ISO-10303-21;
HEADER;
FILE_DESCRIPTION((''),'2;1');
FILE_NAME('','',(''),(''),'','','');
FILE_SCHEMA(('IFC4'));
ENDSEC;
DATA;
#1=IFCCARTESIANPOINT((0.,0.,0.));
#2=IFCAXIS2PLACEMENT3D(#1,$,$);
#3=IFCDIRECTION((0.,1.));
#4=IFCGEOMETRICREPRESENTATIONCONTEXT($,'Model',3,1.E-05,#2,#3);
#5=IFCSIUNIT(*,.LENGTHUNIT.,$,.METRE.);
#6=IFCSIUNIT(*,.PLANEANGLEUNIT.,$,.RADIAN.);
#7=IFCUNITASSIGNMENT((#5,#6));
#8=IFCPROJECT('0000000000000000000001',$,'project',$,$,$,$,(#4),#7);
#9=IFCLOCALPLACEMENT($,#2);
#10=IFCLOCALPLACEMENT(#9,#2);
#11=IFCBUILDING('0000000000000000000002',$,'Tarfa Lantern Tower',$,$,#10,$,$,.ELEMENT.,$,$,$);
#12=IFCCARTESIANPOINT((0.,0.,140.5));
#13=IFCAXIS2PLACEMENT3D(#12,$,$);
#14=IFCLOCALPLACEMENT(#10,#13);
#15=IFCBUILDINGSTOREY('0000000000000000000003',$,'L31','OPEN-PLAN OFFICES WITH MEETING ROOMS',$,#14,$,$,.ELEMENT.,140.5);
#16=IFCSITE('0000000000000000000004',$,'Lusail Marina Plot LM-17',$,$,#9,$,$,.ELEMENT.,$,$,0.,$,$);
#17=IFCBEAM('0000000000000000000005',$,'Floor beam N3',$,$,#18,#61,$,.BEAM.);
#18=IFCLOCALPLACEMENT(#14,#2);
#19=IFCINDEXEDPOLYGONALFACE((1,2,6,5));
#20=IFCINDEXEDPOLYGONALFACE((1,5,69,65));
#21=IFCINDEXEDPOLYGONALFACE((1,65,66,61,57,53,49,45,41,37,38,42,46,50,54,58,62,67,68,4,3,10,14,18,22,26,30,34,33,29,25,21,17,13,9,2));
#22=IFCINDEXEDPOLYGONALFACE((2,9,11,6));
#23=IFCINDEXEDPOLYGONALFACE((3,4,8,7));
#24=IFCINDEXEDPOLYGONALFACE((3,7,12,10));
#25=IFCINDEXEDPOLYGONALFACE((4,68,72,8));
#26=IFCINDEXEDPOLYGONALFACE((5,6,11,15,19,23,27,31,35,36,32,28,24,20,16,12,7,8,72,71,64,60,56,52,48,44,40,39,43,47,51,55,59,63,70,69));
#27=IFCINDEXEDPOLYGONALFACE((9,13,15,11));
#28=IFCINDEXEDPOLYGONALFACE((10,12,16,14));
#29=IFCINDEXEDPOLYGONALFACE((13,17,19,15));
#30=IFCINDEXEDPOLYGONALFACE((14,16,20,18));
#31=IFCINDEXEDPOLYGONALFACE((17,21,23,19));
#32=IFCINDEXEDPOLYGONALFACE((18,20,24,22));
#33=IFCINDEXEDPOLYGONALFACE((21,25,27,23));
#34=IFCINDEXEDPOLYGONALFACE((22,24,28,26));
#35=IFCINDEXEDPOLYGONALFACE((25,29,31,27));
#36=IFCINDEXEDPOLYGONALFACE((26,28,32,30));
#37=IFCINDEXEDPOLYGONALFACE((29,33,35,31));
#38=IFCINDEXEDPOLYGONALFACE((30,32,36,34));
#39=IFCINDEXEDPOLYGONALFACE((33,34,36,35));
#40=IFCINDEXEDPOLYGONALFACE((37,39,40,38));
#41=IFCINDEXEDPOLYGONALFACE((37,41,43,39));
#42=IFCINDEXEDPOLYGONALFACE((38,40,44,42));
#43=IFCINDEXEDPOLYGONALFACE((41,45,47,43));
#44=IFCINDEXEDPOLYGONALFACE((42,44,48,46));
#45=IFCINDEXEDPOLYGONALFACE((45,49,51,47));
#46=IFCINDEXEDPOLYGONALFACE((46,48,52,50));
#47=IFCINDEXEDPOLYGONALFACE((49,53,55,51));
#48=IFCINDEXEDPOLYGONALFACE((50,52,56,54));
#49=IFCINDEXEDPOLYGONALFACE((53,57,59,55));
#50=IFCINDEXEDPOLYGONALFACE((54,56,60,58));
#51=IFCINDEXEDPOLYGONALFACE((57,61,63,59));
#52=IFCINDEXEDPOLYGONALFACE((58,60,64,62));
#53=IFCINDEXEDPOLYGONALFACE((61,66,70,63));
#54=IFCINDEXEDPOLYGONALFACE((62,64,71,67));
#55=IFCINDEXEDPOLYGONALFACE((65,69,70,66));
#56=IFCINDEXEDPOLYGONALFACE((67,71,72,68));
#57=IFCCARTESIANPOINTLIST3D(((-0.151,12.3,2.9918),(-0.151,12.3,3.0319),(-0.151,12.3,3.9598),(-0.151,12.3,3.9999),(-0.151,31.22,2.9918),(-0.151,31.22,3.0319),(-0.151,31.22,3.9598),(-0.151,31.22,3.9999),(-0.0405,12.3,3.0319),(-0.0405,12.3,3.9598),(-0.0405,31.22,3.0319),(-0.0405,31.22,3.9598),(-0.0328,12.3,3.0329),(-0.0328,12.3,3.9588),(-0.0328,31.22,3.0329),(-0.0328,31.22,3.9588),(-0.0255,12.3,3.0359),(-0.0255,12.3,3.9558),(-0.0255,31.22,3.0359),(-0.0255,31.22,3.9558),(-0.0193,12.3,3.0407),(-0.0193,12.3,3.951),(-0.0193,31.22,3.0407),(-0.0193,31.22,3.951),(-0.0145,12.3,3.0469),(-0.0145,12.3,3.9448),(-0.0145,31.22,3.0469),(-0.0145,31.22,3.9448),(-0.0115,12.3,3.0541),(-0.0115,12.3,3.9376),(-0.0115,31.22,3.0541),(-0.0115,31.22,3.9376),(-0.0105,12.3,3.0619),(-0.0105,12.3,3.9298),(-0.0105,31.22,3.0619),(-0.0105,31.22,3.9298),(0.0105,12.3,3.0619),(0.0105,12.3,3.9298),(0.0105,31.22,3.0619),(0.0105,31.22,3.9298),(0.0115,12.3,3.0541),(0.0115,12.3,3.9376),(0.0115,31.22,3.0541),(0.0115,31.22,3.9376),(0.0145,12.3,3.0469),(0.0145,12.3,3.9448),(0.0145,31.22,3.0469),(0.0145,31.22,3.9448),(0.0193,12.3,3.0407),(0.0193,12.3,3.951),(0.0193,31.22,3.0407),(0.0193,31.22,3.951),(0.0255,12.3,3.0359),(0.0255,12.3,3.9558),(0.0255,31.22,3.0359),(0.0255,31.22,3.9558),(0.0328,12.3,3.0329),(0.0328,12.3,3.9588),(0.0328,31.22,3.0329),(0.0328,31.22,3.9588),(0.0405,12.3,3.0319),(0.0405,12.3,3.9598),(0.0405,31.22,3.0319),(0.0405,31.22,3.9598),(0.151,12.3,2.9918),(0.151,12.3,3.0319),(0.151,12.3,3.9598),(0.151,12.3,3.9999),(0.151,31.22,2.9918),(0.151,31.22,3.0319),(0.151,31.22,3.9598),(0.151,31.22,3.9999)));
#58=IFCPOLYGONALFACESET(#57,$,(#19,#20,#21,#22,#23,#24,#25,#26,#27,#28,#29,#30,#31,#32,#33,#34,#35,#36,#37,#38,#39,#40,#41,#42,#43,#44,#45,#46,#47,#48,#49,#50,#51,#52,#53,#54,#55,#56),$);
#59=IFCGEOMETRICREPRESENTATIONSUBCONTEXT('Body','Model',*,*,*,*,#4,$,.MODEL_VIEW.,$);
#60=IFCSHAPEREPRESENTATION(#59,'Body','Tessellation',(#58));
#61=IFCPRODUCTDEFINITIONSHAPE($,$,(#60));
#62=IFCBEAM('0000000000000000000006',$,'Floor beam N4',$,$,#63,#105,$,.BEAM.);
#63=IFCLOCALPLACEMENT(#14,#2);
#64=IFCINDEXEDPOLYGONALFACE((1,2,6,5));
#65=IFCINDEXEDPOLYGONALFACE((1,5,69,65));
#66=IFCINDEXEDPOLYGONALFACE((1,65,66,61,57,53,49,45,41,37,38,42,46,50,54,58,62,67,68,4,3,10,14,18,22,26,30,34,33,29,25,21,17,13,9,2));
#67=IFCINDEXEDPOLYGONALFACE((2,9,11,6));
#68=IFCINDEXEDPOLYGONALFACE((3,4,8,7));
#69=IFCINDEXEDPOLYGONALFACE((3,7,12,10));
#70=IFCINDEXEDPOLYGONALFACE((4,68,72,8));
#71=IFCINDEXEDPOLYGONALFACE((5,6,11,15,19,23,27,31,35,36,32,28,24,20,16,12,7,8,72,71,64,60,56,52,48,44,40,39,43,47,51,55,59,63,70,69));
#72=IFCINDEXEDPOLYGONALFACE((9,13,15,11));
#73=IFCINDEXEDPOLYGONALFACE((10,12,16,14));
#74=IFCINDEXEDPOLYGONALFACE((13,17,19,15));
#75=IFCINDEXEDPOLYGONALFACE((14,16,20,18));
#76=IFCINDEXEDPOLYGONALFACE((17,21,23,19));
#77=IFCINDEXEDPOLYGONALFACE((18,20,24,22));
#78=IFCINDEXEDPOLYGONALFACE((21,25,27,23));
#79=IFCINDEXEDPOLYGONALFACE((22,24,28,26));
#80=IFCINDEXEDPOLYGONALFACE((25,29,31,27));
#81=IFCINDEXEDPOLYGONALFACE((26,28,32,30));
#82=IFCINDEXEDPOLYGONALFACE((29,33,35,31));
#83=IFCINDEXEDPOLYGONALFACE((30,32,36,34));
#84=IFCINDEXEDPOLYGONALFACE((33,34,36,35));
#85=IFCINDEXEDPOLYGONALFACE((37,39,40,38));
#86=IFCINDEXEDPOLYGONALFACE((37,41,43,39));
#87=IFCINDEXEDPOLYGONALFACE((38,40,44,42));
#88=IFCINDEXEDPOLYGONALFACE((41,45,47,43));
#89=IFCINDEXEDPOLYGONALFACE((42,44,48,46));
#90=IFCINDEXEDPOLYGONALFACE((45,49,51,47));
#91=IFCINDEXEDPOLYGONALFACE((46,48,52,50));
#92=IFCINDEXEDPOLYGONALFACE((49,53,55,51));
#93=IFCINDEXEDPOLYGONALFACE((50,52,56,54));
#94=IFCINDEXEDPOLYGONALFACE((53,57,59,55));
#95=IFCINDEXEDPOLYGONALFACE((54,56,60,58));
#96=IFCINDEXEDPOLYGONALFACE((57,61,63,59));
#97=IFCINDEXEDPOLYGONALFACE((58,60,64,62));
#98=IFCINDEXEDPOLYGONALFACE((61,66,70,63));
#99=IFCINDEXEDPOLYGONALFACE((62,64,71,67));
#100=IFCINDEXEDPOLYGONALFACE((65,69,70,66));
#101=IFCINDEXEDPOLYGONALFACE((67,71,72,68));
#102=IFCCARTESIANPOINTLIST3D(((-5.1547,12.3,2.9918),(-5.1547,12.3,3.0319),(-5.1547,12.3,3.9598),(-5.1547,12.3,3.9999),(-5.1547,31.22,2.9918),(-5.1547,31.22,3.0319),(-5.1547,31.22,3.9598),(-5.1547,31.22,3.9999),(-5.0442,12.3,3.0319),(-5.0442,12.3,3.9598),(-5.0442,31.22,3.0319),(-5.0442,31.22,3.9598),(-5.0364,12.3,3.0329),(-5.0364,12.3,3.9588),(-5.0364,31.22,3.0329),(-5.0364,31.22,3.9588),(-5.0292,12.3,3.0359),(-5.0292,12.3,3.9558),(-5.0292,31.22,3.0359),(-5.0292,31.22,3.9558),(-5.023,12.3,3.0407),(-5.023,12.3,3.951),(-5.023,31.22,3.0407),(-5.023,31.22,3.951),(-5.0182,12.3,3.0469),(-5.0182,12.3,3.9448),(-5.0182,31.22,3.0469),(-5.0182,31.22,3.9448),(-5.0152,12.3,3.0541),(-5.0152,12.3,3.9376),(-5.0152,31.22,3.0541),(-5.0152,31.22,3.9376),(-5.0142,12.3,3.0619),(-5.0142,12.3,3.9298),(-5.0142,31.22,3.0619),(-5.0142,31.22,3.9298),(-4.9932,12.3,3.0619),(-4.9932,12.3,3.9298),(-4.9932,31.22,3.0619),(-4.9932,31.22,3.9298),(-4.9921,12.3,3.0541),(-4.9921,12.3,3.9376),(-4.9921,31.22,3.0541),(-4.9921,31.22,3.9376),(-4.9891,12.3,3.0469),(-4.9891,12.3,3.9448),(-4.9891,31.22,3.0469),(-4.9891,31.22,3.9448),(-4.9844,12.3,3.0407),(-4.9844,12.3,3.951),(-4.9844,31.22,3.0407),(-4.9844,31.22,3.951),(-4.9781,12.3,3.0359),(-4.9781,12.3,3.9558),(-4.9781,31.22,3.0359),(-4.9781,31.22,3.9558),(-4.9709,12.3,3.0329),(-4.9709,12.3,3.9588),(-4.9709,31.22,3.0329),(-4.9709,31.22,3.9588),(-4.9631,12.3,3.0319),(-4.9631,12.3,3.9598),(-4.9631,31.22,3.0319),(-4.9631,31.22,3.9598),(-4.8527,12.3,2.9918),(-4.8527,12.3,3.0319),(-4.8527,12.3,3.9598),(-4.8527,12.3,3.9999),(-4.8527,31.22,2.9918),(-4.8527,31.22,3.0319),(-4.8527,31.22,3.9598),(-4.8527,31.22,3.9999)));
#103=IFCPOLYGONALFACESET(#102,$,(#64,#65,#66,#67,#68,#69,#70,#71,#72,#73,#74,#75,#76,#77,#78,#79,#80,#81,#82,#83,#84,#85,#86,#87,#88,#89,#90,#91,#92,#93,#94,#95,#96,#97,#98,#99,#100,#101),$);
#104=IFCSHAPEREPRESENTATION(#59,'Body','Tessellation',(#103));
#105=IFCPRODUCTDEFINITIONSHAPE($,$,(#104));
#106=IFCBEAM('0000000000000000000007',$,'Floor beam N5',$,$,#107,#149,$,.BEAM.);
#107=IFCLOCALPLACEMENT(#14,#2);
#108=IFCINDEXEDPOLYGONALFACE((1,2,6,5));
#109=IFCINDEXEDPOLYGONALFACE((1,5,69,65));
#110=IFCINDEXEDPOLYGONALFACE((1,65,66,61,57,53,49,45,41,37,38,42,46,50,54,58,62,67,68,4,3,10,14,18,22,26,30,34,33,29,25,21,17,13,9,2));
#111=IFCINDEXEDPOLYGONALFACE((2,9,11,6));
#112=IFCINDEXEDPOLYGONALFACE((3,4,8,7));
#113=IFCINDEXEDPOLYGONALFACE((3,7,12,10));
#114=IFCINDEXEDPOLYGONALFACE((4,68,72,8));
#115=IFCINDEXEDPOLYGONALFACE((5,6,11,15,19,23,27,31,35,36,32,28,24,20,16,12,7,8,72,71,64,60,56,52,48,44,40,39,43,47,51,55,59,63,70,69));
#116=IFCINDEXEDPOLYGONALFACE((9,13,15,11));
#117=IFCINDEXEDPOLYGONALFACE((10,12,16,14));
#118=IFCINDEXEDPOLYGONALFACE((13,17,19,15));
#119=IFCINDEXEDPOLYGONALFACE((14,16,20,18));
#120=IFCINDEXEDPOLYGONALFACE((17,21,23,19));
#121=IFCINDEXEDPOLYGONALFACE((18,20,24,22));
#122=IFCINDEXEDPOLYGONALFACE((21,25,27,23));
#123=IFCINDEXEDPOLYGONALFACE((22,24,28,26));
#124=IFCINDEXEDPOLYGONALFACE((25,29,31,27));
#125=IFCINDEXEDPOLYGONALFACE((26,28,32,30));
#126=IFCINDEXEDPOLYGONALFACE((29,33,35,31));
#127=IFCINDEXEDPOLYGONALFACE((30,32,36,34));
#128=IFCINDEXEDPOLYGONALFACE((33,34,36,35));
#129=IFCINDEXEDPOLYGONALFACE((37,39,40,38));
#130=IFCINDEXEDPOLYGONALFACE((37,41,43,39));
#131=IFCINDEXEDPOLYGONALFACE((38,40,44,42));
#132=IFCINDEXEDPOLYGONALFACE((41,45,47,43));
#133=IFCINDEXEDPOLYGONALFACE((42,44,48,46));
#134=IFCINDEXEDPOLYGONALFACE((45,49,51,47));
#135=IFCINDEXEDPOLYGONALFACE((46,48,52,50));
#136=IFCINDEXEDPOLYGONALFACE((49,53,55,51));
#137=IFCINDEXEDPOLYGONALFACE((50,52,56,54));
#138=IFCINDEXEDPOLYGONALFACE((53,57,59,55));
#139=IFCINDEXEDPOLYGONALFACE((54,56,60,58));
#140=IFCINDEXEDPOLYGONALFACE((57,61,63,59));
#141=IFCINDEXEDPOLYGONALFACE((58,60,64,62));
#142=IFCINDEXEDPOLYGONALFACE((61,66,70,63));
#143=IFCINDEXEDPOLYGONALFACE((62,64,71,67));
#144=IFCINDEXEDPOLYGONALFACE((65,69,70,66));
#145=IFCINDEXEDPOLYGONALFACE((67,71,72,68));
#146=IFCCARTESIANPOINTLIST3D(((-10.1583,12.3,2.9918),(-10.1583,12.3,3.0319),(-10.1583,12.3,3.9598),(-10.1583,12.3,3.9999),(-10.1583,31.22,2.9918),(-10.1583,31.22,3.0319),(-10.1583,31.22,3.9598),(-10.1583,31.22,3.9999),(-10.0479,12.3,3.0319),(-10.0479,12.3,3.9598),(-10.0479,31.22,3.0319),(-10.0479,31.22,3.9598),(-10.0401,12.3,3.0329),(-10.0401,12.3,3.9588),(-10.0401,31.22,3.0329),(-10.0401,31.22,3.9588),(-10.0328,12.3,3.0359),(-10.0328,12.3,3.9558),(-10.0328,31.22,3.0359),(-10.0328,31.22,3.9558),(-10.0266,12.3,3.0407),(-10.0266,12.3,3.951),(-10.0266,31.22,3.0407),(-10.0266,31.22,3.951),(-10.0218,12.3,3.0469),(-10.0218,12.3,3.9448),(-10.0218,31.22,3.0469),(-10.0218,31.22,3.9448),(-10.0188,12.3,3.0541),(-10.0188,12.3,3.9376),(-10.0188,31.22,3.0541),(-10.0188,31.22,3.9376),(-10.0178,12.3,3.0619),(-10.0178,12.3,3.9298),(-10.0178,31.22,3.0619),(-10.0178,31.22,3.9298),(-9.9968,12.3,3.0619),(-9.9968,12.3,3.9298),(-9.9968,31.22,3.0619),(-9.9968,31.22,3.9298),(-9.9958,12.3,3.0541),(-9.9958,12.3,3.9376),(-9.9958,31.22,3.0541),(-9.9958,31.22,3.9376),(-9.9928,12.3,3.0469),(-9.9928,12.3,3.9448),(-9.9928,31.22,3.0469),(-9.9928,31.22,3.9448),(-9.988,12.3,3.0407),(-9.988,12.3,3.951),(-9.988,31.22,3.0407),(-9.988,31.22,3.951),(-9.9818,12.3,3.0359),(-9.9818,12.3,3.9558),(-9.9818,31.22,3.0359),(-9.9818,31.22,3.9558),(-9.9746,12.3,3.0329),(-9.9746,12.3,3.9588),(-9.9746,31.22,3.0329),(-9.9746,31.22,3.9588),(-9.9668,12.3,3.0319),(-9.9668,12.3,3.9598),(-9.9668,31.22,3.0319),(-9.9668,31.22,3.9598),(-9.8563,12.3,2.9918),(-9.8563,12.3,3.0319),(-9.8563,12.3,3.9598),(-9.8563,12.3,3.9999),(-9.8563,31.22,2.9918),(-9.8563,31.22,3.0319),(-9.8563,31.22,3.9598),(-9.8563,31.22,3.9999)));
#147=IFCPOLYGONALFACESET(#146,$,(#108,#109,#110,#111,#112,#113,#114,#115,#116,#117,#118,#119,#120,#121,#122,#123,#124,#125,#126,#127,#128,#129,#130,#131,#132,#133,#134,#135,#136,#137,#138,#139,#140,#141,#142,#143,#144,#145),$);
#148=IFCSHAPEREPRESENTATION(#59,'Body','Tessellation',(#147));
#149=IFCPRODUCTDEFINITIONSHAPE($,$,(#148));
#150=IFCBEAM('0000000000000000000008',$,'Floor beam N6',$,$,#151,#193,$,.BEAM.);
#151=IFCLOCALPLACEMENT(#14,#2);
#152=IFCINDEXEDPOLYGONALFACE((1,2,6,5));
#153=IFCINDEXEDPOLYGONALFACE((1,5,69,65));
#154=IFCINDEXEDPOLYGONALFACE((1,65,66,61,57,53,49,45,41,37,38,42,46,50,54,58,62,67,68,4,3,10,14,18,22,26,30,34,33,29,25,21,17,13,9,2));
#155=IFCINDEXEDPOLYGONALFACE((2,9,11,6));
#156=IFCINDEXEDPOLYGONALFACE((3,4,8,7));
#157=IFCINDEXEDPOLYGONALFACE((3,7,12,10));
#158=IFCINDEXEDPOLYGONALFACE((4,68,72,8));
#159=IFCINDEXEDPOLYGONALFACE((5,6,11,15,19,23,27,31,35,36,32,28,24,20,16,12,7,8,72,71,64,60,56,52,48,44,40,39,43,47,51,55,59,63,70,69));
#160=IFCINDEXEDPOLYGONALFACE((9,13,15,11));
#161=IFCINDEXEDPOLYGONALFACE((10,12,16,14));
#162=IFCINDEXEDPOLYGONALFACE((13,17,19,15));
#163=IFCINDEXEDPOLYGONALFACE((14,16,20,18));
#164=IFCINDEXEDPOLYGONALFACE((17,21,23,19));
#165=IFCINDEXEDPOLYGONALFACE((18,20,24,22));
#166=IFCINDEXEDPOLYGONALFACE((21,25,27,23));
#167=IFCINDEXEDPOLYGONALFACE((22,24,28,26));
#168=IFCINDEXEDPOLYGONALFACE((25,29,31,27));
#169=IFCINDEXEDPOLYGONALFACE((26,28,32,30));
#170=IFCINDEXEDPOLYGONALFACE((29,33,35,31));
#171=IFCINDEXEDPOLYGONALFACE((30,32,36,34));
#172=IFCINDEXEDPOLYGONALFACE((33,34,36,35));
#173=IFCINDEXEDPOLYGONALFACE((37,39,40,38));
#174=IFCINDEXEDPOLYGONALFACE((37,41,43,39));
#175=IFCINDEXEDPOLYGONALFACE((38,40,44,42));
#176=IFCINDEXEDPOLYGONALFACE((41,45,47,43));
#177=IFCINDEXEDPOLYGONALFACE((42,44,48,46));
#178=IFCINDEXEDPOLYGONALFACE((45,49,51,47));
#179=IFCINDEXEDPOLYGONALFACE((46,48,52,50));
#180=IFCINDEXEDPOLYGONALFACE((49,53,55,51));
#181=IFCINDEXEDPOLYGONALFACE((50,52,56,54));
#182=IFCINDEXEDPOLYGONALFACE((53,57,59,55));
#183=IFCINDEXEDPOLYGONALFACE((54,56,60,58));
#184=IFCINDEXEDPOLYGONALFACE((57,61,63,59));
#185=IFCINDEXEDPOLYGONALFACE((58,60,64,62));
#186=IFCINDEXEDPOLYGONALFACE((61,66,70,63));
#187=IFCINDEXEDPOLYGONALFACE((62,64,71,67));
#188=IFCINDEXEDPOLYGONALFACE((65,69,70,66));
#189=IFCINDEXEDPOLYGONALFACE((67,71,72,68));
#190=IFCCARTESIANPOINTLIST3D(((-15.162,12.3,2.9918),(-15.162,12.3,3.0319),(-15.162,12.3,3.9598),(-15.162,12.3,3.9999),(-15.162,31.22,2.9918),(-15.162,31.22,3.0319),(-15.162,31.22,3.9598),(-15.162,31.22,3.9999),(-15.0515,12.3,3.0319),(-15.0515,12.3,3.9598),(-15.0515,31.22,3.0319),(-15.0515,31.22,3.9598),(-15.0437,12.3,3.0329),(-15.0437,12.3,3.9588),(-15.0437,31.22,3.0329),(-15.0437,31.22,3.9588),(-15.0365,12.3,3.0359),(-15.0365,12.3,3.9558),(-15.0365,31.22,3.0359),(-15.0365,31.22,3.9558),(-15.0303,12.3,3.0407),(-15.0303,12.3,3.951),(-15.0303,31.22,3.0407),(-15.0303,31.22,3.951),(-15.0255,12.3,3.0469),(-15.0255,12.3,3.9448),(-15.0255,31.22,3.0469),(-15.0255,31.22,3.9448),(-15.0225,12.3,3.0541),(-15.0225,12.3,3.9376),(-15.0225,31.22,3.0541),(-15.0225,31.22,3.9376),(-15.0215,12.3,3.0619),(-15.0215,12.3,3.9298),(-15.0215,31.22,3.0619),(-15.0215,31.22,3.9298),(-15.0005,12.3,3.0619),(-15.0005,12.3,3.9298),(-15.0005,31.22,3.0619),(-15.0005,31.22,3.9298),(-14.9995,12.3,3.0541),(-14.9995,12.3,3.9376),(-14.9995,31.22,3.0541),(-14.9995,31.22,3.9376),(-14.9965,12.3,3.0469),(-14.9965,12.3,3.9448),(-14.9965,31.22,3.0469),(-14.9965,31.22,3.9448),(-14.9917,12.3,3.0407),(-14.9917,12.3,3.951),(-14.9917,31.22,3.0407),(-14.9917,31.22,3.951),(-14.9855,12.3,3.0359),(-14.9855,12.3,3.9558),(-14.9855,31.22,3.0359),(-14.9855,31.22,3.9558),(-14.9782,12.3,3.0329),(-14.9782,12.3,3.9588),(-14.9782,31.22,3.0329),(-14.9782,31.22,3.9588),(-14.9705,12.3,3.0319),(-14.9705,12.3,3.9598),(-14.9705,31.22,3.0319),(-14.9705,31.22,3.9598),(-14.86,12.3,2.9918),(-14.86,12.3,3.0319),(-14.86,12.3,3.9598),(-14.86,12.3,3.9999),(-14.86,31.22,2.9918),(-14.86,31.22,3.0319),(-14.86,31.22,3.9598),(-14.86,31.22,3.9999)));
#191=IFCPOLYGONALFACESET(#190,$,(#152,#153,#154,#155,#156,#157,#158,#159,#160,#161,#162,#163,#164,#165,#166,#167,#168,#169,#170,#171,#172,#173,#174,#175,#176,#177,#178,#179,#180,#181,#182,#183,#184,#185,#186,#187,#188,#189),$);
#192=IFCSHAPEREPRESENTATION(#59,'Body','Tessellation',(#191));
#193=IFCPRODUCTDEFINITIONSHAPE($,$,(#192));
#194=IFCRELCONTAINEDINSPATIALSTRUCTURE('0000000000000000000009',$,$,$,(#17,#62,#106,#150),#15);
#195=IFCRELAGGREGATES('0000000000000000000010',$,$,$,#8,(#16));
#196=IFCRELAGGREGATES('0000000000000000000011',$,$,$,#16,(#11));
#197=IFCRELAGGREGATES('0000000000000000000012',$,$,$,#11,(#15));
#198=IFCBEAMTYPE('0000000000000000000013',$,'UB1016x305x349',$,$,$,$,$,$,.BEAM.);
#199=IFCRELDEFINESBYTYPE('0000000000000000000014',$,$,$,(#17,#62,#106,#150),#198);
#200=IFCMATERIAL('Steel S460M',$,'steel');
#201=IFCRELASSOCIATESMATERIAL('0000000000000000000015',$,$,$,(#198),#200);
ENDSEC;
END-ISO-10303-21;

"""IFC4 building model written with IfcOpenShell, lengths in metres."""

from ifc_helpers import new_model, si_unit, direction, frame, origin, origin_2d, place, context, subcontext, project, spatial, i_section, extrude, material, material_profile, profile_set, type_object, element, save


model = new_model("IFC4")

# Units and contexts
model_context = context("Model", 3, precision=1e-05, world=origin(), true_north=direction((0.0, 1.0)))
body_context = subcontext(model_context, "Body", "Model", "MODEL_VIEW")
ifc_project = project(units=[si_unit("LENGTHUNIT", "METRE"), si_unit("PLANEANGLEUNIT", "RADIAN")], contexts=[model_context])

# Site, building, storey
site_placement = place(None, origin())
site = spatial("IfcSite", under=ifc_project, at=site_placement, Name="Lusail Marina Plot LM-17", CompositionType="ELEMENT", RefElevation=0.0)
building_placement = place(site_placement, origin())
building = spatial("IfcBuilding", under=site, at=building_placement, Name="Tarfa Lantern Tower", CompositionType="ELEMENT")
storey_placement = place(building_placement, frame((0.0, 0.0, 140.5)))
storey = spatial("IfcBuildingStorey", under=building, at=storey_placement, Name="L31", Description="OPEN-PLAN OFFICES WITH MEETING ROOMS", CompositionType="ELEMENT", Elevation=140.5)

# Beams
ifc_material_1 = material(Name="Steel S460M", Category="steel")
ifc_material_profile_1 = material_profile(ifc_material_1, i_section(OverallWidth=0.302, OverallDepth=1.0081, WebThickness=0.021, FlangeThickness=0.04, FilletRadius=0.03, at=origin_2d()), Name="UB1016x305x349")
ifc_profile_set_1 = profile_set([ifc_material_profile_1], Name="Steel S460M")
beam_type_1 = type_object("IfcBeamType", Name="UB1016x305x349", PredefinedType="BEAM", material=ifc_profile_set_1)
for number, where, z_axis, x_axis, name in (
    (1, (0.0, 31.22, 3.4958), (0.0, -1.0, 0.0), (1.0, 0.0, 0.0), "Floor beam N3"),
    (2, (-5.0037, 31.22, 3.4958), (0.0, -1.0, 0.0), (1.0, 0.0, 0.0), "Floor beam N4"),
    (3, (-10.0073, 31.22, 3.4958), (0.0, -1.0, 0.0), (1.0, 0.0, 0.0), "Floor beam N5"),
    (4, (-15.011, 31.22, 3.4958), (0.0, -1.0, 0.0), (1.0, 0.0, 0.0), "Floor beam N6"),
):
    element("IfcBeam", number, at=place(storey_placement, frame(where, z_axis=z_axis, x_axis=x_axis)), inside=storey, type_object=beam_type_1, Name=name, PredefinedType="BEAM", context=body_context, shape_type="SweptSolid", body=[
        extrude(i_section(OverallWidth=0.302, OverallDepth=1.0081, WebThickness=0.021, FlangeThickness=0.04, FilletRadius=0.03, at=origin_2d()), origin(), (0.0, 0.0, 1.0), 18.9199),
    ])

save(model, "model.ifc")
